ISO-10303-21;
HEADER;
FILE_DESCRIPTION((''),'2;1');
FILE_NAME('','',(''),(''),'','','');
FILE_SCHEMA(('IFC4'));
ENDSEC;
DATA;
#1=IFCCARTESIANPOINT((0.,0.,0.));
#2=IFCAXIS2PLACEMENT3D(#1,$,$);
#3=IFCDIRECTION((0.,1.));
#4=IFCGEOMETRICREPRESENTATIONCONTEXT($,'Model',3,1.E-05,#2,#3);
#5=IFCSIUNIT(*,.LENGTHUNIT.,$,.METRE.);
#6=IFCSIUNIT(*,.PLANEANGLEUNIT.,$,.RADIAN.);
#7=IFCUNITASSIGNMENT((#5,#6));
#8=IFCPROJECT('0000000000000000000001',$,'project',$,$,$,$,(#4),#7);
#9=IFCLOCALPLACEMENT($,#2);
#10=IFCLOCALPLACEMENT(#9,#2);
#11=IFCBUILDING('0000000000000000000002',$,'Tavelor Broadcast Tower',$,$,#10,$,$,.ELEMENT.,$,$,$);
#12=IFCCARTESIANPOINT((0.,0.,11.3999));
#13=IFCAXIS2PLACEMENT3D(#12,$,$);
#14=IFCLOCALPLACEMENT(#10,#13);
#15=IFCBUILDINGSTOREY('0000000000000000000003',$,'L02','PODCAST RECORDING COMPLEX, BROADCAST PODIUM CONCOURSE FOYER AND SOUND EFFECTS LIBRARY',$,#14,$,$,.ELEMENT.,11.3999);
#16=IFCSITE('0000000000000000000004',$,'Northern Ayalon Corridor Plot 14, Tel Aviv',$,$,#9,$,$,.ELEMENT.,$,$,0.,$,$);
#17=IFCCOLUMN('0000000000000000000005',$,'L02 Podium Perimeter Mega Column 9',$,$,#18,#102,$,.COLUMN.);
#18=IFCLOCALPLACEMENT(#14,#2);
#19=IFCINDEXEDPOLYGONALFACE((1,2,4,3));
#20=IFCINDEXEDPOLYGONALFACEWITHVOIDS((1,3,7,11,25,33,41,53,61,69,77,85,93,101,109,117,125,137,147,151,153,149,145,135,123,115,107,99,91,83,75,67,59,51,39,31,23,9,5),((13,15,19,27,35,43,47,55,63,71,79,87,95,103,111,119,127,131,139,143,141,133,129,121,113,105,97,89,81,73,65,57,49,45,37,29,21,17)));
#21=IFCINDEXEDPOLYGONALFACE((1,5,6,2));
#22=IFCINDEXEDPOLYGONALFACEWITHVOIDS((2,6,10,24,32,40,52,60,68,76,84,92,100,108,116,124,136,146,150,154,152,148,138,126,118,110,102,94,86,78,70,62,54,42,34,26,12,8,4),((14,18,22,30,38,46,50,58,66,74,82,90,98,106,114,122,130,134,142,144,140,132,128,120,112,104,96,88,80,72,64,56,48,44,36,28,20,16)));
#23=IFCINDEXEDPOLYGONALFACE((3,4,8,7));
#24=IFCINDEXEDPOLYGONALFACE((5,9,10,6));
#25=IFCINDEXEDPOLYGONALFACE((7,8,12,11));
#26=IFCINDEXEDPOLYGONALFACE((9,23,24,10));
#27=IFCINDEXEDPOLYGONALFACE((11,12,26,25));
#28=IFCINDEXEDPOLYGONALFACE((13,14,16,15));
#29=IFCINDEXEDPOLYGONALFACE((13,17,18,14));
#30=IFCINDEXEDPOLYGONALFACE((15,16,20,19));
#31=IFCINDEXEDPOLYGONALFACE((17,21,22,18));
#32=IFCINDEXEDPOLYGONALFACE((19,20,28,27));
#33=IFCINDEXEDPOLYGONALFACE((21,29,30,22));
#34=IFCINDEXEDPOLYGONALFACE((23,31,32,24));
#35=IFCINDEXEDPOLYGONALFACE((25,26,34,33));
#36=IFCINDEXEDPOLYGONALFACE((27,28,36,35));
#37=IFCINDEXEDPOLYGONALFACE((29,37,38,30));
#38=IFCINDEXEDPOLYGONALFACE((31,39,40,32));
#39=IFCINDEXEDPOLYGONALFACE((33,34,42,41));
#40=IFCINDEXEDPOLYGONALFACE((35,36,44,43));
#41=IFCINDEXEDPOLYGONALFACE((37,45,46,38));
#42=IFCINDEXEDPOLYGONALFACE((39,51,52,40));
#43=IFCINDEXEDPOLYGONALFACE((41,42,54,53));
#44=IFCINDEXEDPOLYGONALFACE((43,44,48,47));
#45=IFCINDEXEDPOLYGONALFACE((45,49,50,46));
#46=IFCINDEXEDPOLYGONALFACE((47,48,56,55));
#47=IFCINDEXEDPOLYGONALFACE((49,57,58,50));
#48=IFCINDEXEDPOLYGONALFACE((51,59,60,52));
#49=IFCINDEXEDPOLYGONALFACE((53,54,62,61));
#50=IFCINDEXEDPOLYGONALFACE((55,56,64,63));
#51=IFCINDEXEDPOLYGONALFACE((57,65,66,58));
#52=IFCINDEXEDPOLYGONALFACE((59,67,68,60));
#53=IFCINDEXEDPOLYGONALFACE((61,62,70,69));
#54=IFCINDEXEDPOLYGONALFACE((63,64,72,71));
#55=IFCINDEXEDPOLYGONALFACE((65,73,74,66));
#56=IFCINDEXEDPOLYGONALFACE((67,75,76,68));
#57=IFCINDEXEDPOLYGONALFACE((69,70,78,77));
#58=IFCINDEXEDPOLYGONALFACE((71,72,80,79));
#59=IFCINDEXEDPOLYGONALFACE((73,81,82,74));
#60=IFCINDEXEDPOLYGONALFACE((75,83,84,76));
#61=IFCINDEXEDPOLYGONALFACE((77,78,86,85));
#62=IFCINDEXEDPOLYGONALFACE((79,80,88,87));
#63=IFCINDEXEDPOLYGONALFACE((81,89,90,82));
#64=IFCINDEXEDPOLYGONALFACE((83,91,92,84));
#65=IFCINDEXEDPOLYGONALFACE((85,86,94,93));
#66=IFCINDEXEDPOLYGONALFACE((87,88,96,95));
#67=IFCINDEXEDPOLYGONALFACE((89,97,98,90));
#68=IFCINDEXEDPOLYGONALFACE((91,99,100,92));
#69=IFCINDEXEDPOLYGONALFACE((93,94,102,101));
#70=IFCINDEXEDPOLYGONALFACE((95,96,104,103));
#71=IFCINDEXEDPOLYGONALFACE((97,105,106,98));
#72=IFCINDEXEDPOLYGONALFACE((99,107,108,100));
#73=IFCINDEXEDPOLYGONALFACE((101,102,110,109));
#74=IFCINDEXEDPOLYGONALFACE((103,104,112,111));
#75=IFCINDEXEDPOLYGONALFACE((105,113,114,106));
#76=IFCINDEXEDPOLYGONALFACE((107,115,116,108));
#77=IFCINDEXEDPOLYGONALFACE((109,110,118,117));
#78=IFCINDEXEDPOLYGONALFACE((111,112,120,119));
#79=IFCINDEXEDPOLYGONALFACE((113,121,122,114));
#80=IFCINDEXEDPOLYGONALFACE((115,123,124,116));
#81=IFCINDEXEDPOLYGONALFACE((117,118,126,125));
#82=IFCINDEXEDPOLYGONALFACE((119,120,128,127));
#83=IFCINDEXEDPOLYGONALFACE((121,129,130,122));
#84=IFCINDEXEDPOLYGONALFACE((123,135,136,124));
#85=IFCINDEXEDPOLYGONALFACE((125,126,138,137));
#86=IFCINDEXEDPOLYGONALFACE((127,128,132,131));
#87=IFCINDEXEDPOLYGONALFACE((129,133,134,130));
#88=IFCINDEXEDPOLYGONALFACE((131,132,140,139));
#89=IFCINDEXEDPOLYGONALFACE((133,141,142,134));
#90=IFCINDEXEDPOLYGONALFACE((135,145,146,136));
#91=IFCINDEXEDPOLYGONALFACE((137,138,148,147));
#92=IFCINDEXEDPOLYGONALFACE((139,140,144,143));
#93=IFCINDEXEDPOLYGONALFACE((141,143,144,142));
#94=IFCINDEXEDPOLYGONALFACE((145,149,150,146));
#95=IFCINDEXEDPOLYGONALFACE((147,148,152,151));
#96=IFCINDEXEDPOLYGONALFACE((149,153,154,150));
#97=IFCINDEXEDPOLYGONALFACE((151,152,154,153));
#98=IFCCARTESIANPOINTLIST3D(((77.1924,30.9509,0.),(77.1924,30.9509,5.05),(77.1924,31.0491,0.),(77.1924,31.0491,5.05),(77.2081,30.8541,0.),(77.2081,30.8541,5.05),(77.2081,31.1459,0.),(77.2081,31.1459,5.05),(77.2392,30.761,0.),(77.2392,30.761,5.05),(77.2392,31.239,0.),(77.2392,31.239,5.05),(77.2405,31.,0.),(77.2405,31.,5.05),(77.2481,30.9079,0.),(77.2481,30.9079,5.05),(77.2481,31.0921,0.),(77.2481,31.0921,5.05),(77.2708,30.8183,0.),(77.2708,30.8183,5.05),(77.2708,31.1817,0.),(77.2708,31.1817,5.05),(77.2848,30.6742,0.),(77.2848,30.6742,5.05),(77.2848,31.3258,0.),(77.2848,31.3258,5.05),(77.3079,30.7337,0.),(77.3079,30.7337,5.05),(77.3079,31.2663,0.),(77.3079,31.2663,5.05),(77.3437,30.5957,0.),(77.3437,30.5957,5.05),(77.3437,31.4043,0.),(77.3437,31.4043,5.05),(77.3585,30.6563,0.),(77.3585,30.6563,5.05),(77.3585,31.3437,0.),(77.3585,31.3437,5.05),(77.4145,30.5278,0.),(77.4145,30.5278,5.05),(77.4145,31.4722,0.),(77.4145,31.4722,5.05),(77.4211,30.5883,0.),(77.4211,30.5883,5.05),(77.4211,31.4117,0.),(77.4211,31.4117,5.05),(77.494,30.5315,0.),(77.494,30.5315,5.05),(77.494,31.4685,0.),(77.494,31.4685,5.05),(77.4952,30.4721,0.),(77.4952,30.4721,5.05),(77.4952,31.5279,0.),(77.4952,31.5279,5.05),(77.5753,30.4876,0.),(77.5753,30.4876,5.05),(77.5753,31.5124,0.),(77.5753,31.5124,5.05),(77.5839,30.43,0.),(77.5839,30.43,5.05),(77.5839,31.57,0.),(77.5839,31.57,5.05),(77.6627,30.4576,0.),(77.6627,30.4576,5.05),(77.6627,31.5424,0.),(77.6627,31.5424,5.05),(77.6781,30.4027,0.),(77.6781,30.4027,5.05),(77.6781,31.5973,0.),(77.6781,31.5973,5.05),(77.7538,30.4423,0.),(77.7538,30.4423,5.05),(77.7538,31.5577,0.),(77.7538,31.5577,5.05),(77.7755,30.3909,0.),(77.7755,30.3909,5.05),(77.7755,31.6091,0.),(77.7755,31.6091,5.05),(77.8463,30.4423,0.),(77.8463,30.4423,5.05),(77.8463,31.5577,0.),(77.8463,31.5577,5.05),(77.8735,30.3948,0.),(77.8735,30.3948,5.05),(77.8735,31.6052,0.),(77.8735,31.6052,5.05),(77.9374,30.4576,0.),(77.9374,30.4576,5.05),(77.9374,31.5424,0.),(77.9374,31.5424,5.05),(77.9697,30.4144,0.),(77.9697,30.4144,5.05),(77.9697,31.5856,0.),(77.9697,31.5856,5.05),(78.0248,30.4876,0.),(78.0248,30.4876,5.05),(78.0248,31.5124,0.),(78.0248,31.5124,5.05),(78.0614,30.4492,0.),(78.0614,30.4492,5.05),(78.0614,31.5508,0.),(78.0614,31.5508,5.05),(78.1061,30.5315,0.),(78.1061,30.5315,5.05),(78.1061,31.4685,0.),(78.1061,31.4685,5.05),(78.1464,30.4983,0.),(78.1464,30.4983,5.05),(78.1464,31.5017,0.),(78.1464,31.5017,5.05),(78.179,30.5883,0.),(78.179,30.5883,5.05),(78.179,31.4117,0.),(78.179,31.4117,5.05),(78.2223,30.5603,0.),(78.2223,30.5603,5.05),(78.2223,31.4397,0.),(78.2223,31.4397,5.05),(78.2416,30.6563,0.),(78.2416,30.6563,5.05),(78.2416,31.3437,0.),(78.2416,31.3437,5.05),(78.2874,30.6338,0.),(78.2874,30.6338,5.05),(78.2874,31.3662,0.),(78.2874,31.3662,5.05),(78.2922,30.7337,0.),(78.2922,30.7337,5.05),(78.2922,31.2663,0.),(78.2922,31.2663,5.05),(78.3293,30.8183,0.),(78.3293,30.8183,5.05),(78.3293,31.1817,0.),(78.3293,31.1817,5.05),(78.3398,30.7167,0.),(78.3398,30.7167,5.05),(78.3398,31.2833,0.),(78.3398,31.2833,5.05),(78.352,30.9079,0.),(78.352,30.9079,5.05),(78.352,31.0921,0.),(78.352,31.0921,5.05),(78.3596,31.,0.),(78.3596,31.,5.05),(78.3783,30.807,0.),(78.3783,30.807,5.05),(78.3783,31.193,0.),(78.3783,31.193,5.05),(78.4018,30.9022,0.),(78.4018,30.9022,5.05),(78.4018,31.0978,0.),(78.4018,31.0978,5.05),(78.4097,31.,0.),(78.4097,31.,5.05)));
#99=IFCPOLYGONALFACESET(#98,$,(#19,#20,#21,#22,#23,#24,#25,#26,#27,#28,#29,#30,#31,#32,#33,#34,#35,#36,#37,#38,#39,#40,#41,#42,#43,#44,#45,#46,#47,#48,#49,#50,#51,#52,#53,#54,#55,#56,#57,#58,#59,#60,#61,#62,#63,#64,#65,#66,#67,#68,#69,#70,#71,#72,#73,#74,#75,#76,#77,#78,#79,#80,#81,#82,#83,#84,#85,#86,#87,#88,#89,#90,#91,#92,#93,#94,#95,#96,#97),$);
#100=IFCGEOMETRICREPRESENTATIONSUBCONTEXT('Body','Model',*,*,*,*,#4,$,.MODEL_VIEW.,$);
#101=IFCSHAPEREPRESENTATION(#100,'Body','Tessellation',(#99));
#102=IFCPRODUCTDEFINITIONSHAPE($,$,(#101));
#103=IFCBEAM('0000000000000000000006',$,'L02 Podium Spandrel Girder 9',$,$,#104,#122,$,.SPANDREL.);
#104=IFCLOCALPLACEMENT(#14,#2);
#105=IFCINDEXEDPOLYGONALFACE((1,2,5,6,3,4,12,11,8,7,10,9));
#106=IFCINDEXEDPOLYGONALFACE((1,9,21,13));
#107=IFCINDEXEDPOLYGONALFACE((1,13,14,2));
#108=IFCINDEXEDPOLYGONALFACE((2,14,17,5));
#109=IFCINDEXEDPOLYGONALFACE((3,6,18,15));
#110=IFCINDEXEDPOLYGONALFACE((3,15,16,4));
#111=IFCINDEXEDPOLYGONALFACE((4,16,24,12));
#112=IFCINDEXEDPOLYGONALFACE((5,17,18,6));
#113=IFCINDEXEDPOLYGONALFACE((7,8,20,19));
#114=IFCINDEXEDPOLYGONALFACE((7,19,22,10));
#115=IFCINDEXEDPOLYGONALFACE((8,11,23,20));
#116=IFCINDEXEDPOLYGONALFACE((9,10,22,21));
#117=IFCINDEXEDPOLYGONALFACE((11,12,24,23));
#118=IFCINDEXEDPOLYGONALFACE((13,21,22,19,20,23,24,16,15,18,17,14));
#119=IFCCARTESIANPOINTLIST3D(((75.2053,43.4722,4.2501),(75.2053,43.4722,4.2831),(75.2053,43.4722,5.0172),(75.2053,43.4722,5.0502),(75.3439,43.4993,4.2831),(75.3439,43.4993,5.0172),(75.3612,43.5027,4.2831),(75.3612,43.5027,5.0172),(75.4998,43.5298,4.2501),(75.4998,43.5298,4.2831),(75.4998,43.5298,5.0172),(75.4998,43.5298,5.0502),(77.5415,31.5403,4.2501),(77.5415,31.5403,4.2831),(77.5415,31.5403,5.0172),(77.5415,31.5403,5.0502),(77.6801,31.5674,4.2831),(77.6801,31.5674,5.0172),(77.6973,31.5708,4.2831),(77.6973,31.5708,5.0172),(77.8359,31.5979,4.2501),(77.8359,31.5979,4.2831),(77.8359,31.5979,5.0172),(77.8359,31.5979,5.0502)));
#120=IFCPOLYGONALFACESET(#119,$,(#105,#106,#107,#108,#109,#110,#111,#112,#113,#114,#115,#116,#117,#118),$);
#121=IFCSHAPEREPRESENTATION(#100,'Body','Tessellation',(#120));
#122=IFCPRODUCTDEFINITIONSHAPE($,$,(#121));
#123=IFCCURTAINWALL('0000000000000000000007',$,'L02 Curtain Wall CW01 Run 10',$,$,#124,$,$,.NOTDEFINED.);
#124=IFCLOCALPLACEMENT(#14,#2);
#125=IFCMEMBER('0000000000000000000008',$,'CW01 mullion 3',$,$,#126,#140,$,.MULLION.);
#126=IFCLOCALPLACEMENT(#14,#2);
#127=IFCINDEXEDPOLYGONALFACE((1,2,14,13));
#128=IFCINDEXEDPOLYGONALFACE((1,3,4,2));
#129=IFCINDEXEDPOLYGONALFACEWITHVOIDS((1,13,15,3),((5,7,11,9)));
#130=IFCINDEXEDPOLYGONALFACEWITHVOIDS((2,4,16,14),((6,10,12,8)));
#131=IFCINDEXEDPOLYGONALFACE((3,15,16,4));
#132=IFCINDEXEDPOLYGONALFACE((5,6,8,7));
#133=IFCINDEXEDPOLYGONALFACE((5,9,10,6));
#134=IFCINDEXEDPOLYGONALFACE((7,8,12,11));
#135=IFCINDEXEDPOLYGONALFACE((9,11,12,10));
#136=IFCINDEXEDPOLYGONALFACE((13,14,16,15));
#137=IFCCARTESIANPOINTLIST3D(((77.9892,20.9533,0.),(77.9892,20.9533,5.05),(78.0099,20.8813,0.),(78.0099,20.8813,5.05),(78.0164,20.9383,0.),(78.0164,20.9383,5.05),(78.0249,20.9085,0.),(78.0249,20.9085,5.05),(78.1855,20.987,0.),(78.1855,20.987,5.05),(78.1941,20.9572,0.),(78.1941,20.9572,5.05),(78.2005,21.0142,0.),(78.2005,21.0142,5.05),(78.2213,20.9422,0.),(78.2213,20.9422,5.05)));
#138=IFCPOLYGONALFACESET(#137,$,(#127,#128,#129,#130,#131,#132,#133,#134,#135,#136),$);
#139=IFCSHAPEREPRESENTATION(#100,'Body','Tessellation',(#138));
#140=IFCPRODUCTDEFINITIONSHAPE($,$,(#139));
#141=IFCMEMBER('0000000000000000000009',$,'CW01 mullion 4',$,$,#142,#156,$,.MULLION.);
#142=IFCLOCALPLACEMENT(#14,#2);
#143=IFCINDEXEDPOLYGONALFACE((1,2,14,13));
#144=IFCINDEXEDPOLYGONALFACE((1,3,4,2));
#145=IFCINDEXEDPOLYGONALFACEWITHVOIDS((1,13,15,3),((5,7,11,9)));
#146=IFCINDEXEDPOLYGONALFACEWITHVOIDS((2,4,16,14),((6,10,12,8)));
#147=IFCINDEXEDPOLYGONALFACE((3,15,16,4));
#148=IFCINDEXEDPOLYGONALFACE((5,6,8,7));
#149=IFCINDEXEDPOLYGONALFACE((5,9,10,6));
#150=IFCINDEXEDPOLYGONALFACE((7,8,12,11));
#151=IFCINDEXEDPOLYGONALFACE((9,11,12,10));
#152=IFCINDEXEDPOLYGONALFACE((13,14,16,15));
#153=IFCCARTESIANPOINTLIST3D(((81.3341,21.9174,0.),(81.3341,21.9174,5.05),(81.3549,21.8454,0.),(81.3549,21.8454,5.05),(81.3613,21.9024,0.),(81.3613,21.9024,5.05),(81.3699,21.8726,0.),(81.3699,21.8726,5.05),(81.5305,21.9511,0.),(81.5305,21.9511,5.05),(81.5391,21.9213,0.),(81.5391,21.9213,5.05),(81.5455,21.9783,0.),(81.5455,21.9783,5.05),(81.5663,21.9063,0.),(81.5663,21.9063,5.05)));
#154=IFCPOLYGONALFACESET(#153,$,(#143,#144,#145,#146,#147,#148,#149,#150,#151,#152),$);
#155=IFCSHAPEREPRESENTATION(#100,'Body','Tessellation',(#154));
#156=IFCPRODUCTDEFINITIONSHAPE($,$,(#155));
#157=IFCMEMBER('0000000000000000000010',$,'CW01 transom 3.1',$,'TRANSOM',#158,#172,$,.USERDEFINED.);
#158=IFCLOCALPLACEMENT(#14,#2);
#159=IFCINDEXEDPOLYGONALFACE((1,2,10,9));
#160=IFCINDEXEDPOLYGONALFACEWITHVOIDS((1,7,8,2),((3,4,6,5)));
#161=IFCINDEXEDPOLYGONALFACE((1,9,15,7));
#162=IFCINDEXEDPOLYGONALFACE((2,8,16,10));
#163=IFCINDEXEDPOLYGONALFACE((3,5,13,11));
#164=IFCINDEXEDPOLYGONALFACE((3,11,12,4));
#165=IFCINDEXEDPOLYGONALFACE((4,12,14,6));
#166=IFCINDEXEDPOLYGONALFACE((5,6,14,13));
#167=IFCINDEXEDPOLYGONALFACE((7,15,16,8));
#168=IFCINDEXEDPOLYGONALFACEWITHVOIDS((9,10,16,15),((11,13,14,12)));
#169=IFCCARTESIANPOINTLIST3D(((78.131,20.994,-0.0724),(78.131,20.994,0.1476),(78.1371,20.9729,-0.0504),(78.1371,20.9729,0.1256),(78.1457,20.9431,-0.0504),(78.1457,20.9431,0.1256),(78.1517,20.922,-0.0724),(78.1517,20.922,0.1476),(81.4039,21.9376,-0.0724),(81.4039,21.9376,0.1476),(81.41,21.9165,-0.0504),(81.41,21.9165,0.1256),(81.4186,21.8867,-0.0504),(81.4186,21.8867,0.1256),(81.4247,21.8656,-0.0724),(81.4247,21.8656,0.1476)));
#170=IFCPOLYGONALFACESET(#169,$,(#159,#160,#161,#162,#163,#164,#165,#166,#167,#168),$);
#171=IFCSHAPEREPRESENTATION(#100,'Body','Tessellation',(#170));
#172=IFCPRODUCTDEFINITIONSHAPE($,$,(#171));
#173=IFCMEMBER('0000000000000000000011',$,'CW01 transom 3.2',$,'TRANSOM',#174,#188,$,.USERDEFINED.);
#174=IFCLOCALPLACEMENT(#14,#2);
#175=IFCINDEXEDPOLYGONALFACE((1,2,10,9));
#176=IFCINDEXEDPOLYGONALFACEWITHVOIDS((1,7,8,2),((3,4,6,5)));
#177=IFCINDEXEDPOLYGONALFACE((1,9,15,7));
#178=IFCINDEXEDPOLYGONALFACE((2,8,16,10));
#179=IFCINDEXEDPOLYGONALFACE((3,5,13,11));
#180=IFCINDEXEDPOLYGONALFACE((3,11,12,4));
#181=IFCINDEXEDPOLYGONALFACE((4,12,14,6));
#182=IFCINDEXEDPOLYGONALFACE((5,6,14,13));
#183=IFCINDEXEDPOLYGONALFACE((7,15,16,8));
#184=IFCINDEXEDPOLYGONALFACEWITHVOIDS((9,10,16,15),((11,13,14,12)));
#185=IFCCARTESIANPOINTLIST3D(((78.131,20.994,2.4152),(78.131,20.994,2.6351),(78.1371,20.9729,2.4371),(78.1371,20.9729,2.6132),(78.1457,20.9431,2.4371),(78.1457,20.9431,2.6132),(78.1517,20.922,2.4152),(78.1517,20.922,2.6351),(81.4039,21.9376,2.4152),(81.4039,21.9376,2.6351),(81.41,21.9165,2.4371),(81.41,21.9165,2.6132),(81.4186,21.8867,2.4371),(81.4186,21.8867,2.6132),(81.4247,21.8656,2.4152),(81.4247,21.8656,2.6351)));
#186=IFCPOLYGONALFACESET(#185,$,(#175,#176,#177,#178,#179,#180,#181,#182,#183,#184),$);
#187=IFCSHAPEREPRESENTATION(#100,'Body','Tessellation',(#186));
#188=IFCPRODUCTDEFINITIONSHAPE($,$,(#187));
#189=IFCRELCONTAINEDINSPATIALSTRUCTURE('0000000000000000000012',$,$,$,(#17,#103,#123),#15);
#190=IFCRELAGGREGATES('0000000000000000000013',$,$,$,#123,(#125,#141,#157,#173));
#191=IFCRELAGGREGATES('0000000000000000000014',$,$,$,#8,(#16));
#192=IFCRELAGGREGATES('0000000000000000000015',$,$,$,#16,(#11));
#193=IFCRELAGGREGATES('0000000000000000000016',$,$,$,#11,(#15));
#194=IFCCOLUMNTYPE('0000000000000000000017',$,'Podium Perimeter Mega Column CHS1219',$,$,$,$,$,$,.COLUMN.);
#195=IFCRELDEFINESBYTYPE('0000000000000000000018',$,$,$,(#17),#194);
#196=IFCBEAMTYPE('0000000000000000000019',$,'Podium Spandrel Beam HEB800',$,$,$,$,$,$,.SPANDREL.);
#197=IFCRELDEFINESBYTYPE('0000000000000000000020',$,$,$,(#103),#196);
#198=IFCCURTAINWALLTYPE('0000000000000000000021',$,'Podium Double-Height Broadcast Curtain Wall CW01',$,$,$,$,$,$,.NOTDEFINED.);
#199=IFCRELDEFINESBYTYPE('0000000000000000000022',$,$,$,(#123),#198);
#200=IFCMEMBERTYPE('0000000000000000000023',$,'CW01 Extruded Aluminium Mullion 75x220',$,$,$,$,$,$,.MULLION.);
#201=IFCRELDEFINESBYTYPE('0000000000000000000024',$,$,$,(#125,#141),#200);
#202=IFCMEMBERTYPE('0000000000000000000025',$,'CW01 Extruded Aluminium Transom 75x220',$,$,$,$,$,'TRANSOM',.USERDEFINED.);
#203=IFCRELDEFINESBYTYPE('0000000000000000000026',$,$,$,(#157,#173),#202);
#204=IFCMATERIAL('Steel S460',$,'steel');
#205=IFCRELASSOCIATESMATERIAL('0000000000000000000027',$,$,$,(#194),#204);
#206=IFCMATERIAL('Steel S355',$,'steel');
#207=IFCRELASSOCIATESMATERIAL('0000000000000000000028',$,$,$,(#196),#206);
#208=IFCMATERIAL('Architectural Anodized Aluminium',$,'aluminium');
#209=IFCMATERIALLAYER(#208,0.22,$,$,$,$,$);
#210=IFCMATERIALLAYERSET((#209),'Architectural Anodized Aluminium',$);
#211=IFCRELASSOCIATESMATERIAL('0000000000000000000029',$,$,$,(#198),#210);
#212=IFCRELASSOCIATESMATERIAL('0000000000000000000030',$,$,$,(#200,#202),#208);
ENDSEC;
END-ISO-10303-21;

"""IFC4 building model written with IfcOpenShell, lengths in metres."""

from ifc_helpers import new_model, si_unit, direction, frame, origin, origin_2d, place, context, subcontext, project, spatial, hollow_rectangle, hollow_circle, i_section, extrude, source, transform, mapped, material, layer, layer_set, material_profile, profile_set, type_object, type_shapes, element, aggregate, save


model = new_model("IFC4")

# Units and contexts
model_context = context("Model", 3, precision=1e-05, world=origin(), true_north=direction((0.0, 1.0)))
body_context = subcontext(model_context, "Body", "Model", "MODEL_VIEW")
ifc_project = project(units=[si_unit("LENGTHUNIT", "METRE"), si_unit("PLANEANGLEUNIT", "RADIAN")], contexts=[model_context])

# Site, building, storey
site_placement = place(None, origin())
site = spatial("IfcSite", under=ifc_project, at=site_placement, Name="Northern Ayalon Corridor Plot 14, Tel Aviv", CompositionType="ELEMENT", RefElevation=0.0)
building_placement = place(site_placement, origin())
building = spatial("IfcBuilding", under=site, at=building_placement, Name="Tavelor Broadcast Tower", CompositionType="ELEMENT")
storey_placement = place(building_placement, frame((0.0, 0.0, 11.3999)))
storey = spatial("IfcBuildingStorey", under=building, at=storey_placement, Name="L02", Description="PODCAST RECORDING COMPLEX, BROADCAST PODIUM CONCOURSE FOYER AND SOUND EFFECTS LIBRARY", CompositionType="ELEMENT", Elevation=11.3999)

# Column
ifc_material_1 = material(Name="Steel S460", Category="steel")
ifc_material_profile_1 = material_profile(ifc_material_1, hollow_circle(Radius=0.6096, WallThickness=0.05, at=origin_2d()), Name="CHS 1219x50")
ifc_profile_set_1 = profile_set([ifc_material_profile_1], Name="Steel S460")
column_type = type_object("IfcColumnType", Name="Podium Perimeter Mega Column CHS1219", PredefinedType="COLUMN", material=ifc_profile_set_1)
column_placement = place(storey_placement, frame((77.8, 31.0, 0.0), z_axis=(0.0, 0.0, 1.0), x_axis=(1.0, 0.0, 0.0)))
element("IfcColumn", 1, at=column_placement, inside=storey, type_object=column_type, Name="L02 Podium Perimeter Mega Column 9", PredefinedType="COLUMN", context=body_context, shape_type="SweptSolid", body=[
    extrude(hollow_circle(Radius=0.6096, WallThickness=0.05, at=origin_2d()), origin(), (0.0, 0.0, 1.0), 5.05),
])

# Beam
ifc_material_2 = material(Name="Steel S355", Category="steel")
ifc_material_profile_2 = material_profile(ifc_material_2, i_section(OverallWidth=0.3, OverallDepth=0.8, WebThickness=0.0176, FlangeThickness=0.033, at=origin_2d()), Name="HEB 800")
ifc_profile_set_2 = profile_set([ifc_material_profile_2], Name="Steel S355")
beam_type = type_object("IfcBeamType", Name="Podium Spandrel Beam HEB800", PredefinedType="SPANDREL", material=ifc_profile_set_2)
beam_placement = place(storey_placement, frame((77.6887, 31.5691, 4.6501), z_axis=(-0.192145, 0.981367, 0.0), x_axis=(-0.981367, -0.192145, 0.0)))
element("IfcBeam", 2, at=beam_placement, inside=storey, type_object=beam_type, Name="L02 Podium Spandrel Girder 9", PredefinedType="SPANDREL", context=body_context, shape_type="SweptSolid", body=[
    extrude(i_section(OverallWidth=0.3, OverallDepth=0.8, WebThickness=0.0176, FlangeThickness=0.033, at=origin_2d()), origin(), (0.0, 0.0, 1.0), 12.1584),
])

# Curtain wall, members
ifc_material_3 = material(Name="Architectural Anodized Aluminium", Category="aluminium")
ifc_layer_1 = layer(ifc_material_3, 0.22)
ifc_layer_set_1 = layer_set([ifc_layer_1], Name="Architectural Anodized Aluminium")
curtain_wall_type = type_object("IfcCurtainWallType", Name="Podium Double-Height Broadcast Curtain Wall CW01", PredefinedType="NOTDEFINED", material=ifc_layer_set_1)
curtain_wall_placement = place(storey_placement, origin())
curtain_wall = element("IfcCurtainWall", 3, at=curtain_wall_placement, inside=storey, type_object=curtain_wall_type, Name="L02 Curtain Wall CW01 Run 10", PredefinedType="NOTDEFINED")
ifc_material_profile_3 = material_profile(ifc_material_3, hollow_rectangle(XDim=0.075, YDim=0.22, WallThickness=0.022, at=origin_2d()), Name="RHS 75x220x22")
ifc_profile_set_3 = profile_set([ifc_material_profile_3], Name="Architectural Anodized Aluminium")
member_type_1 = type_object("IfcMemberType", Name="CW01 Extruded Aluminium Mullion 75x220", PredefinedType="MULLION", material=ifc_profile_set_3)
shared_shape_1 = source(origin(), body_context, "Body", "SweptSolid", [
    extrude(hollow_rectangle(XDim=0.075, YDim=0.22, WallThickness=0.022, at=origin_2d()), origin(), (0.0, 0.0, 1.0), 5.05),
])
type_shapes(member_type_1, [shared_shape_1])
member_1_placement = place(storey_placement, frame((78.1052, 20.9478, 0.0), z_axis=(0.0, 0.0, 1.0), x_axis=(-0.276977, 0.960876, 0.0)))
member_1 = element("IfcMember", 4, at=member_1_placement, type_object=member_type_1, Name="CW01 mullion 3", PredefinedType="MULLION", context=body_context, shape_type="MappedRepresentation", body=[
    mapped(shared_shape_1, transform((0.0, 0.0, 0.0), scale=1.0)),
])
member_2_placement = place(storey_placement, frame((81.4502, 21.9119, 0.0), z_axis=(0.0, 0.0, 1.0), x_axis=(-0.276977, 0.960876, 0.0)))
member_2 = element("IfcMember", 5, at=member_2_placement, type_object=member_type_1, Name="CW01 mullion 4", PredefinedType="MULLION", context=body_context, shape_type="MappedRepresentation", body=[
    mapped(shared_shape_1, transform((0.0, 0.0, 0.0), scale=1.0)),
])
ifc_material_profile_4 = material_profile(ifc_material_3, hollow_rectangle(XDim=0.075, YDim=0.22, WallThickness=0.022, at=origin_2d()), Name="RHS 75x220x22")
ifc_profile_set_4 = profile_set([ifc_material_profile_4], Name="Architectural Anodized Aluminium")
member_type_2 = type_object("IfcMemberType", Name="CW01 Extruded Aluminium Transom 75x220", ElementType="TRANSOM", PredefinedType="USERDEFINED", material=ifc_profile_set_4)
shared_shape_2 = source(origin(), body_context, "Body", "SweptSolid", [
    extrude(hollow_rectangle(XDim=0.075, YDim=0.22, WallThickness=0.022, at=origin_2d()), origin(), (0.0, 0.0, 1.0), 3.4062),
])
type_shapes(member_type_2, [shared_shape_2])
member_3_placement = place(storey_placement, frame((78.1414, 20.958, 0.0376), z_axis=(0.960864, 0.277021, 0.0), x_axis=(-0.277021, 0.960864, 0.0)))
member_3 = element("IfcMember", 6, at=member_3_placement, type_object=member_type_2, Name="CW01 transom 3.1", ObjectType="TRANSOM", PredefinedType="USERDEFINED", context=body_context, shape_type="MappedRepresentation", body=[
    mapped(shared_shape_2, transform((0.0, 0.0, 0.0), scale=1.0)),
])
member_4_placement = place(storey_placement, frame((78.1414, 20.958, 2.5251), z_axis=(0.960864, 0.277021, 0.0), x_axis=(-0.277021, 0.960864, 0.0)))
member_4 = element("IfcMember", 7, at=member_4_placement, type_object=member_type_2, Name="CW01 transom 3.2", ObjectType="TRANSOM", PredefinedType="USERDEFINED", context=body_context, shape_type="MappedRepresentation", body=[
    mapped(shared_shape_2, transform((0.0, 0.0, 0.0), scale=1.0)),
])

aggregate(curtain_wall, [member_1, member_2, member_3, member_4])

save(model, "model.ifc")
